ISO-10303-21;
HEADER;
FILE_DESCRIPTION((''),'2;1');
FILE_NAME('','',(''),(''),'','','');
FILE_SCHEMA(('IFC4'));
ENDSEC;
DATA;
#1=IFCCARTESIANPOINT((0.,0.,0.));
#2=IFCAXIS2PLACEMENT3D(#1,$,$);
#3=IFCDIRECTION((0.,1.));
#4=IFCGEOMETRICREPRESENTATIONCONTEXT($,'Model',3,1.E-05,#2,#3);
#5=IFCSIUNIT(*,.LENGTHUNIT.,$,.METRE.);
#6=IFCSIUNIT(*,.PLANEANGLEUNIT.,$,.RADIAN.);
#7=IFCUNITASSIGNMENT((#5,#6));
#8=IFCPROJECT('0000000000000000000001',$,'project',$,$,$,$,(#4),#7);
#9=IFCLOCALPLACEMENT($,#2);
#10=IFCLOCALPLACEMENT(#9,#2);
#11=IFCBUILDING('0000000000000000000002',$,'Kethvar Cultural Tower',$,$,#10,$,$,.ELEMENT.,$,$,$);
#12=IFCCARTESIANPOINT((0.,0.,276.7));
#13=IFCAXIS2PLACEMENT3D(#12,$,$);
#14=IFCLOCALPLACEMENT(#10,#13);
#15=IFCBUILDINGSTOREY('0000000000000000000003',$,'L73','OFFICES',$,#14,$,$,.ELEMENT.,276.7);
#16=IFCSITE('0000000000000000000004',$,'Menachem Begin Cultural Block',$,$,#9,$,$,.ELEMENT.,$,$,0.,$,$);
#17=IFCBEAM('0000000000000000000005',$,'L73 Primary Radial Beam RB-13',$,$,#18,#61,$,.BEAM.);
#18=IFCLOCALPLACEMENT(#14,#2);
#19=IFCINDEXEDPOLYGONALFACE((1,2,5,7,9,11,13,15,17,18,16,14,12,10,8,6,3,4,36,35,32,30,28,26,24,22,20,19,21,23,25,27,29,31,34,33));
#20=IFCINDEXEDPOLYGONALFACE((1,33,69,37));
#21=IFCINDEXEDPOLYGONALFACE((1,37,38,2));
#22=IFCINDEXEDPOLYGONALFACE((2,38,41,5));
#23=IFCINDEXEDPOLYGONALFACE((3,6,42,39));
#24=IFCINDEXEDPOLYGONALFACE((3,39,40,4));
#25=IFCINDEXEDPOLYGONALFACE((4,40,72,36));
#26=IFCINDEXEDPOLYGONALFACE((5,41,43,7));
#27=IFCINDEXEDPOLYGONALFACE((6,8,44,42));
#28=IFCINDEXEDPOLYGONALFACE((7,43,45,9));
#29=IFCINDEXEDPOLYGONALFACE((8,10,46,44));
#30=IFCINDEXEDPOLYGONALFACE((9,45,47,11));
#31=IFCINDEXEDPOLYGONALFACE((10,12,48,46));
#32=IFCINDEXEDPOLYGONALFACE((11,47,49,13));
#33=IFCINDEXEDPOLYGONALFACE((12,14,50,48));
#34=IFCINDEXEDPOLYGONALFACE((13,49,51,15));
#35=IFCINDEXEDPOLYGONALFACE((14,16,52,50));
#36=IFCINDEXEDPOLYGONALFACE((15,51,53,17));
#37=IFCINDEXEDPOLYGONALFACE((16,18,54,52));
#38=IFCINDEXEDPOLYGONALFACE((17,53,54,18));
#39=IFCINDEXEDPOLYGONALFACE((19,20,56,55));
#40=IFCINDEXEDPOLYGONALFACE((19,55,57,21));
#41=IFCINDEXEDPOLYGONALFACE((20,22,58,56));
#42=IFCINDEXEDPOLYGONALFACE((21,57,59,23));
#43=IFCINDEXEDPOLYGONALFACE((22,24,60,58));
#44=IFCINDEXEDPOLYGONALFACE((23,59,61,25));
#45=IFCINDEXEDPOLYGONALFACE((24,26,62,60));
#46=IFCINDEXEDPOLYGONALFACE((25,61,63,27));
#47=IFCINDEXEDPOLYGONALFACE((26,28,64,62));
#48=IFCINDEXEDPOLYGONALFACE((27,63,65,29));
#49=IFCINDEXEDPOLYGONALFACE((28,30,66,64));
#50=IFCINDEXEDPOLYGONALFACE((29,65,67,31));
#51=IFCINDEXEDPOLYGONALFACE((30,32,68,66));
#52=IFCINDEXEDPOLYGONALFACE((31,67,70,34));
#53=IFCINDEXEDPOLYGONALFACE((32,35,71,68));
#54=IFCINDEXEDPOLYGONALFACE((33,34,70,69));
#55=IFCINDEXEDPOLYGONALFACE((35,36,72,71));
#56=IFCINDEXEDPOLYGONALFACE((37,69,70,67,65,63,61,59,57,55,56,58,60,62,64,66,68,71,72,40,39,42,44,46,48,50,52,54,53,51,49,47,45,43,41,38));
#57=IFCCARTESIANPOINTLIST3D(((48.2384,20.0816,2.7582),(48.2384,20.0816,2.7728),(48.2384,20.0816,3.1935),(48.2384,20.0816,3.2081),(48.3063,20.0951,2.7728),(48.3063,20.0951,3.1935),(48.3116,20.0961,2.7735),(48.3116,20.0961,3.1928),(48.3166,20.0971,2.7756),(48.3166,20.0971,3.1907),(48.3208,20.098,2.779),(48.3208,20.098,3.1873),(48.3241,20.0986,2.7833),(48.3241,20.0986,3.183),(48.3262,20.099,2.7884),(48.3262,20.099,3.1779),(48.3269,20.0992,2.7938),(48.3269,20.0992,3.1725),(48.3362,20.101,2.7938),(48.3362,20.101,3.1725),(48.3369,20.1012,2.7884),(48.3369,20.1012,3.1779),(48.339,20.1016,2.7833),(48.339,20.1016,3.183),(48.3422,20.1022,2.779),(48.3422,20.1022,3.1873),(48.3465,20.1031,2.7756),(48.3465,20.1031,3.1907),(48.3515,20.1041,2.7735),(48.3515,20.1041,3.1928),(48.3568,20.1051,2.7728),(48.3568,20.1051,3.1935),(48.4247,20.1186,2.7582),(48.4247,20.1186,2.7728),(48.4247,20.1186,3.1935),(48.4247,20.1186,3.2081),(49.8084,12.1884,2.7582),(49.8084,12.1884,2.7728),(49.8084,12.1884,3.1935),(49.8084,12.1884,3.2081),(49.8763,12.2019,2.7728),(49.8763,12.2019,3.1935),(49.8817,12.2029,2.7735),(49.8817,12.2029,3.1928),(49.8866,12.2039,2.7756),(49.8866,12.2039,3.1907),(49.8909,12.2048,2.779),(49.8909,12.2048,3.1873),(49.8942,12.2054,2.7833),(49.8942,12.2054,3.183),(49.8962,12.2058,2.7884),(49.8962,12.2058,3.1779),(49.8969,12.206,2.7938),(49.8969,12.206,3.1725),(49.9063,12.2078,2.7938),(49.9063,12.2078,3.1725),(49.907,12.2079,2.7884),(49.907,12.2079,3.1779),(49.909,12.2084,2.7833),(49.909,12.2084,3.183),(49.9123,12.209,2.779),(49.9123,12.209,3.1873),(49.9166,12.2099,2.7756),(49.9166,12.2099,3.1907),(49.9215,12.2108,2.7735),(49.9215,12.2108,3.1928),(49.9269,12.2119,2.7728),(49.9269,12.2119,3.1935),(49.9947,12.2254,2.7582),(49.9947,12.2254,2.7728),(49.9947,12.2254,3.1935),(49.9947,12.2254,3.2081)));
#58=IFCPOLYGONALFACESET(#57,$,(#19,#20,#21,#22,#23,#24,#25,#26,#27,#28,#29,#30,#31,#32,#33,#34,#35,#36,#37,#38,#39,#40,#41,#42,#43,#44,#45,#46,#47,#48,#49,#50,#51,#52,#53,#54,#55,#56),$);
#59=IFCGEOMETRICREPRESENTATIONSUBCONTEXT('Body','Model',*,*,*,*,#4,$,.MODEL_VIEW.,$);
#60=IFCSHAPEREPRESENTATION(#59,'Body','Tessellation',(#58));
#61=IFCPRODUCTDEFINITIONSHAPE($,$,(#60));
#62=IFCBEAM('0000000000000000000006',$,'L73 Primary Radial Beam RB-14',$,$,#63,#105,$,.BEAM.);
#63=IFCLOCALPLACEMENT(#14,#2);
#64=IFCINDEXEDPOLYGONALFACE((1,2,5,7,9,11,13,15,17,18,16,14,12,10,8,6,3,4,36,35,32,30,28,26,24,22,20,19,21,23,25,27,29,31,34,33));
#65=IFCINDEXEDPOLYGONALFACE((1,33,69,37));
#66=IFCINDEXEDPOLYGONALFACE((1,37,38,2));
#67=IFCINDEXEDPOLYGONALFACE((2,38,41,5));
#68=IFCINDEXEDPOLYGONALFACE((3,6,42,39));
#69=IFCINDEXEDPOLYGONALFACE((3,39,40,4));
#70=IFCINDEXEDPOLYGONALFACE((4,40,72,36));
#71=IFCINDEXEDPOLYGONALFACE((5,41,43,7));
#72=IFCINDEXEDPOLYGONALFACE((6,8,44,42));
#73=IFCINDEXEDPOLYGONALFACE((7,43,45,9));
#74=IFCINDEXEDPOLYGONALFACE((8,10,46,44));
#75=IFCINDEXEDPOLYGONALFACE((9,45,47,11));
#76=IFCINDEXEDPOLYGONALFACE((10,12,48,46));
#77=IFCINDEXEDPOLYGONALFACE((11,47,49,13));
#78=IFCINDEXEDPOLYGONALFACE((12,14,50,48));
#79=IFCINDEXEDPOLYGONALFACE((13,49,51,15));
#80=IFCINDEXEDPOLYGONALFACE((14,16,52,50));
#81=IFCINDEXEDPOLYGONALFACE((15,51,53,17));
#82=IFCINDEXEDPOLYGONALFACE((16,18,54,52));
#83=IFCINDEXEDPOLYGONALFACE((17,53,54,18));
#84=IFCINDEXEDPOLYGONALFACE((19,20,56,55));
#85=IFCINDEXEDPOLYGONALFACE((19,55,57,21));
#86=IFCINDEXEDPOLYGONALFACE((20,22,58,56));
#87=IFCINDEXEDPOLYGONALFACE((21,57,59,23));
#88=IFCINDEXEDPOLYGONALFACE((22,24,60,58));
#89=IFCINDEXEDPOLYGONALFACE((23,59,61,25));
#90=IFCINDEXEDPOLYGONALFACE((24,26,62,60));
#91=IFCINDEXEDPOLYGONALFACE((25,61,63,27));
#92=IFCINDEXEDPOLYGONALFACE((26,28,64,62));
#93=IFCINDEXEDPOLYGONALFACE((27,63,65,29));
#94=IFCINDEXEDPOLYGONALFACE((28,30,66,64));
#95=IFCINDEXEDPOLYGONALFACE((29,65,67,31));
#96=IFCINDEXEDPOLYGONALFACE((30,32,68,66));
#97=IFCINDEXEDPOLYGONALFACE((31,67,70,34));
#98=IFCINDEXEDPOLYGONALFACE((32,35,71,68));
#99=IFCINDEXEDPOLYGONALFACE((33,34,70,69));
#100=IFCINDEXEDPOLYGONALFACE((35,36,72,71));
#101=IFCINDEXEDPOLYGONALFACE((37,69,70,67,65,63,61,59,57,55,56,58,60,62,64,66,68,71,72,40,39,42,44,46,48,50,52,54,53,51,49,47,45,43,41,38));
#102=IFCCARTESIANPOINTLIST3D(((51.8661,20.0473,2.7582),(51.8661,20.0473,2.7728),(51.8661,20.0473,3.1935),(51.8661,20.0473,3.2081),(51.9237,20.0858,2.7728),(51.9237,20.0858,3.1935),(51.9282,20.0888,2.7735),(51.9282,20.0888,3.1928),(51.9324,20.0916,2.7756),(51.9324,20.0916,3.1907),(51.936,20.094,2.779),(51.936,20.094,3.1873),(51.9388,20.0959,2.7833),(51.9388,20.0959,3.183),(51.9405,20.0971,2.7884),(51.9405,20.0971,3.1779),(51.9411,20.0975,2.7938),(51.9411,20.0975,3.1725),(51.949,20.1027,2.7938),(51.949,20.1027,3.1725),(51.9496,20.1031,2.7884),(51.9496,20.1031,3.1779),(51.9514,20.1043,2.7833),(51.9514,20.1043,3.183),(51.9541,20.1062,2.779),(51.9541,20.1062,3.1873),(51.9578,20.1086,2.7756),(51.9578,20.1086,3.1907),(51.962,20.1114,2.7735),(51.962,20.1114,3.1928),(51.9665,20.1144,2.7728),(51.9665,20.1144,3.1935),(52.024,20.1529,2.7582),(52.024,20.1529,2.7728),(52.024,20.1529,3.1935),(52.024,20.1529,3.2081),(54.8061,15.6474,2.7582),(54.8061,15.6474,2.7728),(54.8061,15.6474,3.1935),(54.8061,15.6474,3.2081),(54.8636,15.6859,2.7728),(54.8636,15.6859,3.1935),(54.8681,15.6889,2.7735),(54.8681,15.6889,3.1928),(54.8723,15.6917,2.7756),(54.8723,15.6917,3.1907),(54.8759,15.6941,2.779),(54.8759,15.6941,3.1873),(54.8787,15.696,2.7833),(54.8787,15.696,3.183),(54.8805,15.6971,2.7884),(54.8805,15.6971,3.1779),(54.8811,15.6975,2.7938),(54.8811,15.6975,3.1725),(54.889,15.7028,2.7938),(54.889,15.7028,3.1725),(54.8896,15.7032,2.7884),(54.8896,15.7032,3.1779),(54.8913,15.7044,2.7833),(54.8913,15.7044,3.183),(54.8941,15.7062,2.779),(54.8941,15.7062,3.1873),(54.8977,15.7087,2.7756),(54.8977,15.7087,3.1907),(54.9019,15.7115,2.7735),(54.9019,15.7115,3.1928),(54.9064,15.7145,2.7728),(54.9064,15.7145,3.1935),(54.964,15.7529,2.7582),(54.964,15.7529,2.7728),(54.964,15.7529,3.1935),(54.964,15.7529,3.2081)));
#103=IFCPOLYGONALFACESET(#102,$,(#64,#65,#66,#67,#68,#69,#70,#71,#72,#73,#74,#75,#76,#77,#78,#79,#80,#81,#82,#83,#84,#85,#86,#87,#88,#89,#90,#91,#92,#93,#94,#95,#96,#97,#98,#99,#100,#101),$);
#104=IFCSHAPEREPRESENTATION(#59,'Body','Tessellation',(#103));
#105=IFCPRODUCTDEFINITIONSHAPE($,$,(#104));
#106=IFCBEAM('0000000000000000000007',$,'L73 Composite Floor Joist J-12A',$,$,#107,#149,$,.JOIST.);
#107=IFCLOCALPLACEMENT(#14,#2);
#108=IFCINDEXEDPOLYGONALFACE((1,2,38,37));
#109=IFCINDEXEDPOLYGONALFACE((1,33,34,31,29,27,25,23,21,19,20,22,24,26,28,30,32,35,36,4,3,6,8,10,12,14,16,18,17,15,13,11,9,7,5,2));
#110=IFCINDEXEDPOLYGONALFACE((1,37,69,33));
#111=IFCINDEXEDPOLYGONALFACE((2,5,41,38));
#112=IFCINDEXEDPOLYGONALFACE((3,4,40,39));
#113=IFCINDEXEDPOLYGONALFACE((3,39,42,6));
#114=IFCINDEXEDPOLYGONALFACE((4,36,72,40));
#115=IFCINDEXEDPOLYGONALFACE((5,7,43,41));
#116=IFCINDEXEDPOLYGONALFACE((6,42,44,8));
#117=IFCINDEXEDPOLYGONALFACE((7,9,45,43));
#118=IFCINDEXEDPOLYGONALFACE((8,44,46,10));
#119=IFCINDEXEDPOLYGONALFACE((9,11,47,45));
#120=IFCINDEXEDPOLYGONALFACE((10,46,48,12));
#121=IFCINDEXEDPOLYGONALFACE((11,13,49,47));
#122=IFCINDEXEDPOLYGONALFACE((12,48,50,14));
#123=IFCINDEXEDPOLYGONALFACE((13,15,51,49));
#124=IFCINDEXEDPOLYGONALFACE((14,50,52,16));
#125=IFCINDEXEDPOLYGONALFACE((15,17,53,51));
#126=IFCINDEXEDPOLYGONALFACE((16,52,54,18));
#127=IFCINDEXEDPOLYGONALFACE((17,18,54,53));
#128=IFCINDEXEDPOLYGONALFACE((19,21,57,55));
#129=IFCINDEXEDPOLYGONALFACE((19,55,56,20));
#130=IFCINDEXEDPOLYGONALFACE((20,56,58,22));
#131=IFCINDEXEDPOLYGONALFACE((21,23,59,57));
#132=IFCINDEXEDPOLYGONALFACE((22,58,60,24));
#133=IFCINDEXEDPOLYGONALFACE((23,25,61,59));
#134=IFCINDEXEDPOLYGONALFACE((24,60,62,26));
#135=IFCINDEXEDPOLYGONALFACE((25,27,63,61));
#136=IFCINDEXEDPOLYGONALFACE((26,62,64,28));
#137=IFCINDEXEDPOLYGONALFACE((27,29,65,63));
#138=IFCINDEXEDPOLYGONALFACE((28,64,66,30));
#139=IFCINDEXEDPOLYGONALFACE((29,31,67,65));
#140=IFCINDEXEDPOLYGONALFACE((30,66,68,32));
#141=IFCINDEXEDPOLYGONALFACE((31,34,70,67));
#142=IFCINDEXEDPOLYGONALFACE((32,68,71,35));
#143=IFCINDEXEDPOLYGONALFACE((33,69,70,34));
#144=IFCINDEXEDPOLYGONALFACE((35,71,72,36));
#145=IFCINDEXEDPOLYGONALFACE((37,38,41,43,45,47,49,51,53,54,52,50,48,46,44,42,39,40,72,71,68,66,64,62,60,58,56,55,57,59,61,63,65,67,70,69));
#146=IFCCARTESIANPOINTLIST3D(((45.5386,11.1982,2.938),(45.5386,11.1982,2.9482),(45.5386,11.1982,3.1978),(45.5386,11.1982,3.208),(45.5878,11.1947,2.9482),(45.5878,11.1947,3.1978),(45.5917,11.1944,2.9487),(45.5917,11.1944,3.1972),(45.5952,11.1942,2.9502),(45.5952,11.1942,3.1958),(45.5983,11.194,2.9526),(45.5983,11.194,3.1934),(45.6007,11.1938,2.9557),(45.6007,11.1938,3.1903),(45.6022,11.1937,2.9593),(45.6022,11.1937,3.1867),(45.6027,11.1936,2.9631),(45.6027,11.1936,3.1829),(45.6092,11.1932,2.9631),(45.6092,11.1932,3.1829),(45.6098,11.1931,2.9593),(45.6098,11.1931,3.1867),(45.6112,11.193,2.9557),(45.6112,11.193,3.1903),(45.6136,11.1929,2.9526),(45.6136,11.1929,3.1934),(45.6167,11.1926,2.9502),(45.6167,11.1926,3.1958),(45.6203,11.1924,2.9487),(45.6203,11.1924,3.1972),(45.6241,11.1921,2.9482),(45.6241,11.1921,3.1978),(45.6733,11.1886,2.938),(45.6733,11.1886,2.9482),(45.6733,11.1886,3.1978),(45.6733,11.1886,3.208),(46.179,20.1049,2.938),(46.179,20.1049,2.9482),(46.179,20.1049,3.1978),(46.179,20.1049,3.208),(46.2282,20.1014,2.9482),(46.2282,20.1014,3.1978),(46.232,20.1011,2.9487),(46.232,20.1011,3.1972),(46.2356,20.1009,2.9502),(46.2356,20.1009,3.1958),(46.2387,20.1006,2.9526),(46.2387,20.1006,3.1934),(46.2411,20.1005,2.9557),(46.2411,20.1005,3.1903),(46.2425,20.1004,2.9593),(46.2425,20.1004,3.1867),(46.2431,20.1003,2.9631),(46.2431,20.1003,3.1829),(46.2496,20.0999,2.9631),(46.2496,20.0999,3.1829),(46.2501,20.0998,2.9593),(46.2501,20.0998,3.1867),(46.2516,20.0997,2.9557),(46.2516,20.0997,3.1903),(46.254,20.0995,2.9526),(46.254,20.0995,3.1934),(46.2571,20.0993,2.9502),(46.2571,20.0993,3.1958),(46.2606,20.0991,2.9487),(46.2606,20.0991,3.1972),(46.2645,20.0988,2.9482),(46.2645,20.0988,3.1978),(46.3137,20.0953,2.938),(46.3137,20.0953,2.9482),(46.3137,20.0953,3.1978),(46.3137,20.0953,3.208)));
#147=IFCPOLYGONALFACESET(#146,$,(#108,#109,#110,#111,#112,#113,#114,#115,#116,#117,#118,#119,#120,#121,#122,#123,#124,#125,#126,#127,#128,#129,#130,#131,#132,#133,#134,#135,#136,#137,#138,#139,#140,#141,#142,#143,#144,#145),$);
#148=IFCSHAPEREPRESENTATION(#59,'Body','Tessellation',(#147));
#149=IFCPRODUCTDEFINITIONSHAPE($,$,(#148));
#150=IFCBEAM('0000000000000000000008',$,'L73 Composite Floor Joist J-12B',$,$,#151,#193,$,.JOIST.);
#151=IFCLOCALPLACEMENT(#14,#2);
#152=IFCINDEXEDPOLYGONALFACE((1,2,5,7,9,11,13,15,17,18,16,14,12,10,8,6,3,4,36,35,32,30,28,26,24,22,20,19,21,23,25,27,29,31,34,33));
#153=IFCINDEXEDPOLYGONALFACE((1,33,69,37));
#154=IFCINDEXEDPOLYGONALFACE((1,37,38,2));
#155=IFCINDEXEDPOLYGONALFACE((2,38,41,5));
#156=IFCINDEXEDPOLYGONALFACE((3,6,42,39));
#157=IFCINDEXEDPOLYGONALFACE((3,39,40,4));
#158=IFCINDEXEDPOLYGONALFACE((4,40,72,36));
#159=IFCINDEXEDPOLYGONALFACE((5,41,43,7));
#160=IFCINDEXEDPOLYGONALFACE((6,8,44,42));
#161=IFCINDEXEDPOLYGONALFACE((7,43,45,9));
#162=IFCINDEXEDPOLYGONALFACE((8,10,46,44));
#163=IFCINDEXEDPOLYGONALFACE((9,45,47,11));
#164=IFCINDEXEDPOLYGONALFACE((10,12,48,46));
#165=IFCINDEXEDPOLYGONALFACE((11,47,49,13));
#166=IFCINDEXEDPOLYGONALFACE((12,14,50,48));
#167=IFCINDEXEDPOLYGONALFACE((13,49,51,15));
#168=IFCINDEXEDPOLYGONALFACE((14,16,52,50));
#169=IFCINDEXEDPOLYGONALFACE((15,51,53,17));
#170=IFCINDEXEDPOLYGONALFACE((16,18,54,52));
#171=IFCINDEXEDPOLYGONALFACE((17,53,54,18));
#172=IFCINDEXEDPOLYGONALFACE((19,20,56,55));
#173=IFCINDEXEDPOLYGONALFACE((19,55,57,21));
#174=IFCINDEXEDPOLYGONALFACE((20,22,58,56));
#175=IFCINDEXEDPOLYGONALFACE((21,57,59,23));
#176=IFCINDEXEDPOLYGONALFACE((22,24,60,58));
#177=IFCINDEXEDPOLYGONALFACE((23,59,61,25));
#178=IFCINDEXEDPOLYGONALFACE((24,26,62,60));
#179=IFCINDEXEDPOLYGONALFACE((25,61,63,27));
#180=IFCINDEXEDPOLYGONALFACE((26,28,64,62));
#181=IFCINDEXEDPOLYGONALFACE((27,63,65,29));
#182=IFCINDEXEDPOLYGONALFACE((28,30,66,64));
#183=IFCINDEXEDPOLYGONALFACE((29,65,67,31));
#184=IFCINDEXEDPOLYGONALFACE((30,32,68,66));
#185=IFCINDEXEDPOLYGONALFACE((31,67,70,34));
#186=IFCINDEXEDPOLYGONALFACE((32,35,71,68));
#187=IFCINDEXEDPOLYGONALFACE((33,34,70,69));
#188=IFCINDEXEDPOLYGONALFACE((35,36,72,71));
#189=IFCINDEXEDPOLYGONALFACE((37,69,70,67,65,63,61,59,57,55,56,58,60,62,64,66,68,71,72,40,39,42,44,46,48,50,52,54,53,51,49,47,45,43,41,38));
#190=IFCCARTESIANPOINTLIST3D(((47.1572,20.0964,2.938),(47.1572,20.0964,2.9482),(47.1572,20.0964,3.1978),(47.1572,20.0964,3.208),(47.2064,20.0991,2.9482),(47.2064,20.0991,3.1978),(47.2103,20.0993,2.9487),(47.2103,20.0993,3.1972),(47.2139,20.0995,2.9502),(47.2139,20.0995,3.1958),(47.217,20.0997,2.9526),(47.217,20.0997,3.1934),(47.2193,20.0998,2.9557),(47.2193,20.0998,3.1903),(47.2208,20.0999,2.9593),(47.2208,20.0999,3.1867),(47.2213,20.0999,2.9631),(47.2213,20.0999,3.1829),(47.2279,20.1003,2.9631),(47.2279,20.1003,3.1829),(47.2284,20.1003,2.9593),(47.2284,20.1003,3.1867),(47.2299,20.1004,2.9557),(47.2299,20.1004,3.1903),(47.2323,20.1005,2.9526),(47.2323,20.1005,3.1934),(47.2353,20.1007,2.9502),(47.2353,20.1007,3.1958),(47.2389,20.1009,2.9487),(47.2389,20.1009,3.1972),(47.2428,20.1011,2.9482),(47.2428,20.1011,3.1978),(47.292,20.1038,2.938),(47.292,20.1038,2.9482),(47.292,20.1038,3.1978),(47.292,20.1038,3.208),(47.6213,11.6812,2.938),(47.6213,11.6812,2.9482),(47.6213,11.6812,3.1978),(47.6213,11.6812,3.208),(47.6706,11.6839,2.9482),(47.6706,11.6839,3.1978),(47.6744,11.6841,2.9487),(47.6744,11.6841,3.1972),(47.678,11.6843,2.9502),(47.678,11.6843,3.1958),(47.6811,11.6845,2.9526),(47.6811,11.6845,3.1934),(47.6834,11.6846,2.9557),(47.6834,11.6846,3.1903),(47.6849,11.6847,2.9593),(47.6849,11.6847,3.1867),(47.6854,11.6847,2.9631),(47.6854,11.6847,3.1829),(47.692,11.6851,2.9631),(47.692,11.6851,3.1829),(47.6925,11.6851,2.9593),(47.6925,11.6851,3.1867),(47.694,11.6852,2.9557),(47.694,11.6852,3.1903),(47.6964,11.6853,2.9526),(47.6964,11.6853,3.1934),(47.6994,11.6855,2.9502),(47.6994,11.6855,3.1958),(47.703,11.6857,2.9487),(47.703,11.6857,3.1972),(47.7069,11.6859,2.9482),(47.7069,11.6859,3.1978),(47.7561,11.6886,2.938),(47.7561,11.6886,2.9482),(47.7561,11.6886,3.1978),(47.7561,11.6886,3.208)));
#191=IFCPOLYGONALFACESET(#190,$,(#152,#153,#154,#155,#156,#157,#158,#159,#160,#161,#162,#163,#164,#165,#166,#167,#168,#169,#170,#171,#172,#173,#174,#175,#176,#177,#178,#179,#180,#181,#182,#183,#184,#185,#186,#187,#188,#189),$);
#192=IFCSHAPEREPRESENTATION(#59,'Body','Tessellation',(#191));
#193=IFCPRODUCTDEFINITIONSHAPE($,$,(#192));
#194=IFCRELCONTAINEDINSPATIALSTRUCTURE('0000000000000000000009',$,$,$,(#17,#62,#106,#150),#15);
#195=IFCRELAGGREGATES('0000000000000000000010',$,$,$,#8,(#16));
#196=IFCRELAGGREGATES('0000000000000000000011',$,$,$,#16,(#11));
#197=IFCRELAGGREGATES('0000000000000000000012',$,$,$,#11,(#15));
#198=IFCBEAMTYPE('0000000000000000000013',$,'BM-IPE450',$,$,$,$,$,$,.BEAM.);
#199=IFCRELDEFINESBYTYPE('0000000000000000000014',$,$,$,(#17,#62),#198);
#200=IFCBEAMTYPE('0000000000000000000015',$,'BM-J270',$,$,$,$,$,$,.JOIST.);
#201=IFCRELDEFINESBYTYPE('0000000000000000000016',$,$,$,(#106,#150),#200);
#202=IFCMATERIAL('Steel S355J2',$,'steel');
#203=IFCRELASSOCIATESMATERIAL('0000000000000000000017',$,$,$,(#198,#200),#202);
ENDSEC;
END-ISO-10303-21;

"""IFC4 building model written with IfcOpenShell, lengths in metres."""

from ifc_helpers import new_model, si_unit, direction, frame, origin, origin_2d, place, context, subcontext, project, spatial, i_section, extrude, source, transform, mapped, material, material_profile, profile_set, type_object, element, save


model = new_model("IFC4")

# Units and contexts
model_context = context("Model", 3, precision=1e-05, world=origin(), true_north=direction((0.0, 1.0)))
body_context = subcontext(model_context, "Body", "Model", "MODEL_VIEW")
ifc_project = project(units=[si_unit("LENGTHUNIT", "METRE"), si_unit("PLANEANGLEUNIT", "RADIAN")], contexts=[model_context])

# Site, building, storey
site_placement = place(None, origin())
site = spatial("IfcSite", under=ifc_project, at=site_placement, Name="Menachem Begin Cultural Block", CompositionType="ELEMENT", RefElevation=0.0)
building_placement = place(site_placement, origin())
building = spatial("IfcBuilding", under=site, at=building_placement, Name="Kethvar Cultural Tower", CompositionType="ELEMENT")
storey_placement = place(building_placement, frame((0.0, 0.0, 276.7)))
storey = spatial("IfcBuildingStorey", under=building, at=storey_placement, Name="L73", Description="OFFICES", CompositionType="ELEMENT", Elevation=276.7)

# Shared definitions
ifc_material_1 = material(Name="Steel S355J2", Category="steel")

# Beams
ifc_material_profile_1 = material_profile(ifc_material_1, i_section(OverallWidth=0.1899, OverallDepth=0.45, WebThickness=0.0095, FlangeThickness=0.0146, FilletRadius=0.021, at=origin_2d()), Name="Steel S355J2 — IPE450")
ifc_profile_set_1 = profile_set([ifc_material_profile_1], Name="Steel S355J2 — IPE450")
beam_type_1 = type_object("IfcBeamType", Name="BM-IPE450", PredefinedType="BEAM", material=ifc_profile_set_1)
shared_shape_1 = source(origin(), body_context, "Body", "SweptSolid", [
    extrude(i_section(OverallWidth=0.1899, OverallDepth=0.45, WebThickness=0.0095, FlangeThickness=0.0146, FilletRadius=0.021, at=origin_2d()), origin(), (0.0, 0.0, 1.0), 8.0479),
])
beam_1_placement = place(storey_placement, frame((48.3315, 20.1001, 2.9832), z_axis=(0.195089, -0.980785, 0.0), x_axis=(0.980785, 0.195089, 0.0)))
element("IfcBeam", 1, at=beam_1_placement, inside=storey, type_object=beam_type_1, Name="L73 Primary Radial Beam RB-13", PredefinedType="BEAM", context=body_context, shape_type="MappedRepresentation", body=[
    mapped(shared_shape_1, transform((0.0, 0.0, 0.0), scale=1.0)),
])
shared_shape_2 = source(origin(), body_context, "Body", "SweptSolid", [
    extrude(i_section(OverallWidth=0.1899, OverallDepth=0.45, WebThickness=0.0095, FlangeThickness=0.0146, FilletRadius=0.021, at=origin_2d()), origin(), (0.0, 0.0, 1.0), 5.2917),
])
beam_2_placement = place(storey_placement, frame((51.9451, 20.1001, 2.9832), z_axis=(0.555573, -0.831468, 0.0), x_axis=(0.831468, 0.555573, 0.0)))
element("IfcBeam", 2, at=beam_2_placement, inside=storey, type_object=beam_type_1, Name="L73 Primary Radial Beam RB-14", PredefinedType="BEAM", context=body_context, shape_type="MappedRepresentation", body=[
    mapped(shared_shape_2, transform((0.0, 0.0, 0.0), scale=1.0)),
])
ifc_material_profile_2 = material_profile(ifc_material_1, i_section(OverallWidth=0.135, OverallDepth=0.27, WebThickness=0.0066, FlangeThickness=0.0103, FilletRadius=0.0149, at=origin_2d()), Name="Steel S355J2 — IPE270")
ifc_profile_set_2 = profile_set([ifc_material_profile_2], Name="Steel S355J2 — IPE270")
beam_type_2 = type_object("IfcBeamType", Name="BM-J270", PredefinedType="JOIST", material=ifc_profile_set_2)
shared_shape_3 = source(origin(), body_context, "Body", "SweptSolid", [
    extrude(i_section(OverallWidth=0.135, OverallDepth=0.27, WebThickness=0.0066, FlangeThickness=0.0103, FilletRadius=0.0149, at=origin_2d()), origin(), (0.0, 0.0, 1.0), 8.9297),
])
beam_3_placement = place(storey_placement, frame((46.2463, 20.1001, 3.073), z_axis=(-0.071713, -0.997425, 0.0), x_axis=(0.997425, -0.071713, 0.0)))
element("IfcBeam", 3, at=beam_3_placement, inside=storey, type_object=beam_type_2, Name="L73 Composite Floor Joist J-12A", PredefinedType="JOIST", context=body_context, shape_type="MappedRepresentation", body=[
    mapped(shared_shape_3, transform((0.0, 0.0, 0.0), scale=1.0)),
])
shared_shape_4 = source(origin(), body_context, "Body", "SweptSolid", [
    extrude(i_section(OverallWidth=0.135, OverallDepth=0.27, WebThickness=0.0066, FlangeThickness=0.0103, FilletRadius=0.0149, at=origin_2d()), origin(), (0.0, 0.0, 1.0), 8.428),
])
beam_4_placement = place(storey_placement, frame((47.2246, 20.1001, 3.073), z_axis=(0.055067, -0.998483, 0.0), x_axis=(0.998483, 0.055067, 0.0)))
element("IfcBeam", 4, at=beam_4_placement, inside=storey, type_object=beam_type_2, Name="L73 Composite Floor Joist J-12B", PredefinedType="JOIST", context=body_context, shape_type="MappedRepresentation", body=[
    mapped(shared_shape_4, transform((0.0, 0.0, 0.0), scale=1.0)),
])

save(model, "model.ifc")
